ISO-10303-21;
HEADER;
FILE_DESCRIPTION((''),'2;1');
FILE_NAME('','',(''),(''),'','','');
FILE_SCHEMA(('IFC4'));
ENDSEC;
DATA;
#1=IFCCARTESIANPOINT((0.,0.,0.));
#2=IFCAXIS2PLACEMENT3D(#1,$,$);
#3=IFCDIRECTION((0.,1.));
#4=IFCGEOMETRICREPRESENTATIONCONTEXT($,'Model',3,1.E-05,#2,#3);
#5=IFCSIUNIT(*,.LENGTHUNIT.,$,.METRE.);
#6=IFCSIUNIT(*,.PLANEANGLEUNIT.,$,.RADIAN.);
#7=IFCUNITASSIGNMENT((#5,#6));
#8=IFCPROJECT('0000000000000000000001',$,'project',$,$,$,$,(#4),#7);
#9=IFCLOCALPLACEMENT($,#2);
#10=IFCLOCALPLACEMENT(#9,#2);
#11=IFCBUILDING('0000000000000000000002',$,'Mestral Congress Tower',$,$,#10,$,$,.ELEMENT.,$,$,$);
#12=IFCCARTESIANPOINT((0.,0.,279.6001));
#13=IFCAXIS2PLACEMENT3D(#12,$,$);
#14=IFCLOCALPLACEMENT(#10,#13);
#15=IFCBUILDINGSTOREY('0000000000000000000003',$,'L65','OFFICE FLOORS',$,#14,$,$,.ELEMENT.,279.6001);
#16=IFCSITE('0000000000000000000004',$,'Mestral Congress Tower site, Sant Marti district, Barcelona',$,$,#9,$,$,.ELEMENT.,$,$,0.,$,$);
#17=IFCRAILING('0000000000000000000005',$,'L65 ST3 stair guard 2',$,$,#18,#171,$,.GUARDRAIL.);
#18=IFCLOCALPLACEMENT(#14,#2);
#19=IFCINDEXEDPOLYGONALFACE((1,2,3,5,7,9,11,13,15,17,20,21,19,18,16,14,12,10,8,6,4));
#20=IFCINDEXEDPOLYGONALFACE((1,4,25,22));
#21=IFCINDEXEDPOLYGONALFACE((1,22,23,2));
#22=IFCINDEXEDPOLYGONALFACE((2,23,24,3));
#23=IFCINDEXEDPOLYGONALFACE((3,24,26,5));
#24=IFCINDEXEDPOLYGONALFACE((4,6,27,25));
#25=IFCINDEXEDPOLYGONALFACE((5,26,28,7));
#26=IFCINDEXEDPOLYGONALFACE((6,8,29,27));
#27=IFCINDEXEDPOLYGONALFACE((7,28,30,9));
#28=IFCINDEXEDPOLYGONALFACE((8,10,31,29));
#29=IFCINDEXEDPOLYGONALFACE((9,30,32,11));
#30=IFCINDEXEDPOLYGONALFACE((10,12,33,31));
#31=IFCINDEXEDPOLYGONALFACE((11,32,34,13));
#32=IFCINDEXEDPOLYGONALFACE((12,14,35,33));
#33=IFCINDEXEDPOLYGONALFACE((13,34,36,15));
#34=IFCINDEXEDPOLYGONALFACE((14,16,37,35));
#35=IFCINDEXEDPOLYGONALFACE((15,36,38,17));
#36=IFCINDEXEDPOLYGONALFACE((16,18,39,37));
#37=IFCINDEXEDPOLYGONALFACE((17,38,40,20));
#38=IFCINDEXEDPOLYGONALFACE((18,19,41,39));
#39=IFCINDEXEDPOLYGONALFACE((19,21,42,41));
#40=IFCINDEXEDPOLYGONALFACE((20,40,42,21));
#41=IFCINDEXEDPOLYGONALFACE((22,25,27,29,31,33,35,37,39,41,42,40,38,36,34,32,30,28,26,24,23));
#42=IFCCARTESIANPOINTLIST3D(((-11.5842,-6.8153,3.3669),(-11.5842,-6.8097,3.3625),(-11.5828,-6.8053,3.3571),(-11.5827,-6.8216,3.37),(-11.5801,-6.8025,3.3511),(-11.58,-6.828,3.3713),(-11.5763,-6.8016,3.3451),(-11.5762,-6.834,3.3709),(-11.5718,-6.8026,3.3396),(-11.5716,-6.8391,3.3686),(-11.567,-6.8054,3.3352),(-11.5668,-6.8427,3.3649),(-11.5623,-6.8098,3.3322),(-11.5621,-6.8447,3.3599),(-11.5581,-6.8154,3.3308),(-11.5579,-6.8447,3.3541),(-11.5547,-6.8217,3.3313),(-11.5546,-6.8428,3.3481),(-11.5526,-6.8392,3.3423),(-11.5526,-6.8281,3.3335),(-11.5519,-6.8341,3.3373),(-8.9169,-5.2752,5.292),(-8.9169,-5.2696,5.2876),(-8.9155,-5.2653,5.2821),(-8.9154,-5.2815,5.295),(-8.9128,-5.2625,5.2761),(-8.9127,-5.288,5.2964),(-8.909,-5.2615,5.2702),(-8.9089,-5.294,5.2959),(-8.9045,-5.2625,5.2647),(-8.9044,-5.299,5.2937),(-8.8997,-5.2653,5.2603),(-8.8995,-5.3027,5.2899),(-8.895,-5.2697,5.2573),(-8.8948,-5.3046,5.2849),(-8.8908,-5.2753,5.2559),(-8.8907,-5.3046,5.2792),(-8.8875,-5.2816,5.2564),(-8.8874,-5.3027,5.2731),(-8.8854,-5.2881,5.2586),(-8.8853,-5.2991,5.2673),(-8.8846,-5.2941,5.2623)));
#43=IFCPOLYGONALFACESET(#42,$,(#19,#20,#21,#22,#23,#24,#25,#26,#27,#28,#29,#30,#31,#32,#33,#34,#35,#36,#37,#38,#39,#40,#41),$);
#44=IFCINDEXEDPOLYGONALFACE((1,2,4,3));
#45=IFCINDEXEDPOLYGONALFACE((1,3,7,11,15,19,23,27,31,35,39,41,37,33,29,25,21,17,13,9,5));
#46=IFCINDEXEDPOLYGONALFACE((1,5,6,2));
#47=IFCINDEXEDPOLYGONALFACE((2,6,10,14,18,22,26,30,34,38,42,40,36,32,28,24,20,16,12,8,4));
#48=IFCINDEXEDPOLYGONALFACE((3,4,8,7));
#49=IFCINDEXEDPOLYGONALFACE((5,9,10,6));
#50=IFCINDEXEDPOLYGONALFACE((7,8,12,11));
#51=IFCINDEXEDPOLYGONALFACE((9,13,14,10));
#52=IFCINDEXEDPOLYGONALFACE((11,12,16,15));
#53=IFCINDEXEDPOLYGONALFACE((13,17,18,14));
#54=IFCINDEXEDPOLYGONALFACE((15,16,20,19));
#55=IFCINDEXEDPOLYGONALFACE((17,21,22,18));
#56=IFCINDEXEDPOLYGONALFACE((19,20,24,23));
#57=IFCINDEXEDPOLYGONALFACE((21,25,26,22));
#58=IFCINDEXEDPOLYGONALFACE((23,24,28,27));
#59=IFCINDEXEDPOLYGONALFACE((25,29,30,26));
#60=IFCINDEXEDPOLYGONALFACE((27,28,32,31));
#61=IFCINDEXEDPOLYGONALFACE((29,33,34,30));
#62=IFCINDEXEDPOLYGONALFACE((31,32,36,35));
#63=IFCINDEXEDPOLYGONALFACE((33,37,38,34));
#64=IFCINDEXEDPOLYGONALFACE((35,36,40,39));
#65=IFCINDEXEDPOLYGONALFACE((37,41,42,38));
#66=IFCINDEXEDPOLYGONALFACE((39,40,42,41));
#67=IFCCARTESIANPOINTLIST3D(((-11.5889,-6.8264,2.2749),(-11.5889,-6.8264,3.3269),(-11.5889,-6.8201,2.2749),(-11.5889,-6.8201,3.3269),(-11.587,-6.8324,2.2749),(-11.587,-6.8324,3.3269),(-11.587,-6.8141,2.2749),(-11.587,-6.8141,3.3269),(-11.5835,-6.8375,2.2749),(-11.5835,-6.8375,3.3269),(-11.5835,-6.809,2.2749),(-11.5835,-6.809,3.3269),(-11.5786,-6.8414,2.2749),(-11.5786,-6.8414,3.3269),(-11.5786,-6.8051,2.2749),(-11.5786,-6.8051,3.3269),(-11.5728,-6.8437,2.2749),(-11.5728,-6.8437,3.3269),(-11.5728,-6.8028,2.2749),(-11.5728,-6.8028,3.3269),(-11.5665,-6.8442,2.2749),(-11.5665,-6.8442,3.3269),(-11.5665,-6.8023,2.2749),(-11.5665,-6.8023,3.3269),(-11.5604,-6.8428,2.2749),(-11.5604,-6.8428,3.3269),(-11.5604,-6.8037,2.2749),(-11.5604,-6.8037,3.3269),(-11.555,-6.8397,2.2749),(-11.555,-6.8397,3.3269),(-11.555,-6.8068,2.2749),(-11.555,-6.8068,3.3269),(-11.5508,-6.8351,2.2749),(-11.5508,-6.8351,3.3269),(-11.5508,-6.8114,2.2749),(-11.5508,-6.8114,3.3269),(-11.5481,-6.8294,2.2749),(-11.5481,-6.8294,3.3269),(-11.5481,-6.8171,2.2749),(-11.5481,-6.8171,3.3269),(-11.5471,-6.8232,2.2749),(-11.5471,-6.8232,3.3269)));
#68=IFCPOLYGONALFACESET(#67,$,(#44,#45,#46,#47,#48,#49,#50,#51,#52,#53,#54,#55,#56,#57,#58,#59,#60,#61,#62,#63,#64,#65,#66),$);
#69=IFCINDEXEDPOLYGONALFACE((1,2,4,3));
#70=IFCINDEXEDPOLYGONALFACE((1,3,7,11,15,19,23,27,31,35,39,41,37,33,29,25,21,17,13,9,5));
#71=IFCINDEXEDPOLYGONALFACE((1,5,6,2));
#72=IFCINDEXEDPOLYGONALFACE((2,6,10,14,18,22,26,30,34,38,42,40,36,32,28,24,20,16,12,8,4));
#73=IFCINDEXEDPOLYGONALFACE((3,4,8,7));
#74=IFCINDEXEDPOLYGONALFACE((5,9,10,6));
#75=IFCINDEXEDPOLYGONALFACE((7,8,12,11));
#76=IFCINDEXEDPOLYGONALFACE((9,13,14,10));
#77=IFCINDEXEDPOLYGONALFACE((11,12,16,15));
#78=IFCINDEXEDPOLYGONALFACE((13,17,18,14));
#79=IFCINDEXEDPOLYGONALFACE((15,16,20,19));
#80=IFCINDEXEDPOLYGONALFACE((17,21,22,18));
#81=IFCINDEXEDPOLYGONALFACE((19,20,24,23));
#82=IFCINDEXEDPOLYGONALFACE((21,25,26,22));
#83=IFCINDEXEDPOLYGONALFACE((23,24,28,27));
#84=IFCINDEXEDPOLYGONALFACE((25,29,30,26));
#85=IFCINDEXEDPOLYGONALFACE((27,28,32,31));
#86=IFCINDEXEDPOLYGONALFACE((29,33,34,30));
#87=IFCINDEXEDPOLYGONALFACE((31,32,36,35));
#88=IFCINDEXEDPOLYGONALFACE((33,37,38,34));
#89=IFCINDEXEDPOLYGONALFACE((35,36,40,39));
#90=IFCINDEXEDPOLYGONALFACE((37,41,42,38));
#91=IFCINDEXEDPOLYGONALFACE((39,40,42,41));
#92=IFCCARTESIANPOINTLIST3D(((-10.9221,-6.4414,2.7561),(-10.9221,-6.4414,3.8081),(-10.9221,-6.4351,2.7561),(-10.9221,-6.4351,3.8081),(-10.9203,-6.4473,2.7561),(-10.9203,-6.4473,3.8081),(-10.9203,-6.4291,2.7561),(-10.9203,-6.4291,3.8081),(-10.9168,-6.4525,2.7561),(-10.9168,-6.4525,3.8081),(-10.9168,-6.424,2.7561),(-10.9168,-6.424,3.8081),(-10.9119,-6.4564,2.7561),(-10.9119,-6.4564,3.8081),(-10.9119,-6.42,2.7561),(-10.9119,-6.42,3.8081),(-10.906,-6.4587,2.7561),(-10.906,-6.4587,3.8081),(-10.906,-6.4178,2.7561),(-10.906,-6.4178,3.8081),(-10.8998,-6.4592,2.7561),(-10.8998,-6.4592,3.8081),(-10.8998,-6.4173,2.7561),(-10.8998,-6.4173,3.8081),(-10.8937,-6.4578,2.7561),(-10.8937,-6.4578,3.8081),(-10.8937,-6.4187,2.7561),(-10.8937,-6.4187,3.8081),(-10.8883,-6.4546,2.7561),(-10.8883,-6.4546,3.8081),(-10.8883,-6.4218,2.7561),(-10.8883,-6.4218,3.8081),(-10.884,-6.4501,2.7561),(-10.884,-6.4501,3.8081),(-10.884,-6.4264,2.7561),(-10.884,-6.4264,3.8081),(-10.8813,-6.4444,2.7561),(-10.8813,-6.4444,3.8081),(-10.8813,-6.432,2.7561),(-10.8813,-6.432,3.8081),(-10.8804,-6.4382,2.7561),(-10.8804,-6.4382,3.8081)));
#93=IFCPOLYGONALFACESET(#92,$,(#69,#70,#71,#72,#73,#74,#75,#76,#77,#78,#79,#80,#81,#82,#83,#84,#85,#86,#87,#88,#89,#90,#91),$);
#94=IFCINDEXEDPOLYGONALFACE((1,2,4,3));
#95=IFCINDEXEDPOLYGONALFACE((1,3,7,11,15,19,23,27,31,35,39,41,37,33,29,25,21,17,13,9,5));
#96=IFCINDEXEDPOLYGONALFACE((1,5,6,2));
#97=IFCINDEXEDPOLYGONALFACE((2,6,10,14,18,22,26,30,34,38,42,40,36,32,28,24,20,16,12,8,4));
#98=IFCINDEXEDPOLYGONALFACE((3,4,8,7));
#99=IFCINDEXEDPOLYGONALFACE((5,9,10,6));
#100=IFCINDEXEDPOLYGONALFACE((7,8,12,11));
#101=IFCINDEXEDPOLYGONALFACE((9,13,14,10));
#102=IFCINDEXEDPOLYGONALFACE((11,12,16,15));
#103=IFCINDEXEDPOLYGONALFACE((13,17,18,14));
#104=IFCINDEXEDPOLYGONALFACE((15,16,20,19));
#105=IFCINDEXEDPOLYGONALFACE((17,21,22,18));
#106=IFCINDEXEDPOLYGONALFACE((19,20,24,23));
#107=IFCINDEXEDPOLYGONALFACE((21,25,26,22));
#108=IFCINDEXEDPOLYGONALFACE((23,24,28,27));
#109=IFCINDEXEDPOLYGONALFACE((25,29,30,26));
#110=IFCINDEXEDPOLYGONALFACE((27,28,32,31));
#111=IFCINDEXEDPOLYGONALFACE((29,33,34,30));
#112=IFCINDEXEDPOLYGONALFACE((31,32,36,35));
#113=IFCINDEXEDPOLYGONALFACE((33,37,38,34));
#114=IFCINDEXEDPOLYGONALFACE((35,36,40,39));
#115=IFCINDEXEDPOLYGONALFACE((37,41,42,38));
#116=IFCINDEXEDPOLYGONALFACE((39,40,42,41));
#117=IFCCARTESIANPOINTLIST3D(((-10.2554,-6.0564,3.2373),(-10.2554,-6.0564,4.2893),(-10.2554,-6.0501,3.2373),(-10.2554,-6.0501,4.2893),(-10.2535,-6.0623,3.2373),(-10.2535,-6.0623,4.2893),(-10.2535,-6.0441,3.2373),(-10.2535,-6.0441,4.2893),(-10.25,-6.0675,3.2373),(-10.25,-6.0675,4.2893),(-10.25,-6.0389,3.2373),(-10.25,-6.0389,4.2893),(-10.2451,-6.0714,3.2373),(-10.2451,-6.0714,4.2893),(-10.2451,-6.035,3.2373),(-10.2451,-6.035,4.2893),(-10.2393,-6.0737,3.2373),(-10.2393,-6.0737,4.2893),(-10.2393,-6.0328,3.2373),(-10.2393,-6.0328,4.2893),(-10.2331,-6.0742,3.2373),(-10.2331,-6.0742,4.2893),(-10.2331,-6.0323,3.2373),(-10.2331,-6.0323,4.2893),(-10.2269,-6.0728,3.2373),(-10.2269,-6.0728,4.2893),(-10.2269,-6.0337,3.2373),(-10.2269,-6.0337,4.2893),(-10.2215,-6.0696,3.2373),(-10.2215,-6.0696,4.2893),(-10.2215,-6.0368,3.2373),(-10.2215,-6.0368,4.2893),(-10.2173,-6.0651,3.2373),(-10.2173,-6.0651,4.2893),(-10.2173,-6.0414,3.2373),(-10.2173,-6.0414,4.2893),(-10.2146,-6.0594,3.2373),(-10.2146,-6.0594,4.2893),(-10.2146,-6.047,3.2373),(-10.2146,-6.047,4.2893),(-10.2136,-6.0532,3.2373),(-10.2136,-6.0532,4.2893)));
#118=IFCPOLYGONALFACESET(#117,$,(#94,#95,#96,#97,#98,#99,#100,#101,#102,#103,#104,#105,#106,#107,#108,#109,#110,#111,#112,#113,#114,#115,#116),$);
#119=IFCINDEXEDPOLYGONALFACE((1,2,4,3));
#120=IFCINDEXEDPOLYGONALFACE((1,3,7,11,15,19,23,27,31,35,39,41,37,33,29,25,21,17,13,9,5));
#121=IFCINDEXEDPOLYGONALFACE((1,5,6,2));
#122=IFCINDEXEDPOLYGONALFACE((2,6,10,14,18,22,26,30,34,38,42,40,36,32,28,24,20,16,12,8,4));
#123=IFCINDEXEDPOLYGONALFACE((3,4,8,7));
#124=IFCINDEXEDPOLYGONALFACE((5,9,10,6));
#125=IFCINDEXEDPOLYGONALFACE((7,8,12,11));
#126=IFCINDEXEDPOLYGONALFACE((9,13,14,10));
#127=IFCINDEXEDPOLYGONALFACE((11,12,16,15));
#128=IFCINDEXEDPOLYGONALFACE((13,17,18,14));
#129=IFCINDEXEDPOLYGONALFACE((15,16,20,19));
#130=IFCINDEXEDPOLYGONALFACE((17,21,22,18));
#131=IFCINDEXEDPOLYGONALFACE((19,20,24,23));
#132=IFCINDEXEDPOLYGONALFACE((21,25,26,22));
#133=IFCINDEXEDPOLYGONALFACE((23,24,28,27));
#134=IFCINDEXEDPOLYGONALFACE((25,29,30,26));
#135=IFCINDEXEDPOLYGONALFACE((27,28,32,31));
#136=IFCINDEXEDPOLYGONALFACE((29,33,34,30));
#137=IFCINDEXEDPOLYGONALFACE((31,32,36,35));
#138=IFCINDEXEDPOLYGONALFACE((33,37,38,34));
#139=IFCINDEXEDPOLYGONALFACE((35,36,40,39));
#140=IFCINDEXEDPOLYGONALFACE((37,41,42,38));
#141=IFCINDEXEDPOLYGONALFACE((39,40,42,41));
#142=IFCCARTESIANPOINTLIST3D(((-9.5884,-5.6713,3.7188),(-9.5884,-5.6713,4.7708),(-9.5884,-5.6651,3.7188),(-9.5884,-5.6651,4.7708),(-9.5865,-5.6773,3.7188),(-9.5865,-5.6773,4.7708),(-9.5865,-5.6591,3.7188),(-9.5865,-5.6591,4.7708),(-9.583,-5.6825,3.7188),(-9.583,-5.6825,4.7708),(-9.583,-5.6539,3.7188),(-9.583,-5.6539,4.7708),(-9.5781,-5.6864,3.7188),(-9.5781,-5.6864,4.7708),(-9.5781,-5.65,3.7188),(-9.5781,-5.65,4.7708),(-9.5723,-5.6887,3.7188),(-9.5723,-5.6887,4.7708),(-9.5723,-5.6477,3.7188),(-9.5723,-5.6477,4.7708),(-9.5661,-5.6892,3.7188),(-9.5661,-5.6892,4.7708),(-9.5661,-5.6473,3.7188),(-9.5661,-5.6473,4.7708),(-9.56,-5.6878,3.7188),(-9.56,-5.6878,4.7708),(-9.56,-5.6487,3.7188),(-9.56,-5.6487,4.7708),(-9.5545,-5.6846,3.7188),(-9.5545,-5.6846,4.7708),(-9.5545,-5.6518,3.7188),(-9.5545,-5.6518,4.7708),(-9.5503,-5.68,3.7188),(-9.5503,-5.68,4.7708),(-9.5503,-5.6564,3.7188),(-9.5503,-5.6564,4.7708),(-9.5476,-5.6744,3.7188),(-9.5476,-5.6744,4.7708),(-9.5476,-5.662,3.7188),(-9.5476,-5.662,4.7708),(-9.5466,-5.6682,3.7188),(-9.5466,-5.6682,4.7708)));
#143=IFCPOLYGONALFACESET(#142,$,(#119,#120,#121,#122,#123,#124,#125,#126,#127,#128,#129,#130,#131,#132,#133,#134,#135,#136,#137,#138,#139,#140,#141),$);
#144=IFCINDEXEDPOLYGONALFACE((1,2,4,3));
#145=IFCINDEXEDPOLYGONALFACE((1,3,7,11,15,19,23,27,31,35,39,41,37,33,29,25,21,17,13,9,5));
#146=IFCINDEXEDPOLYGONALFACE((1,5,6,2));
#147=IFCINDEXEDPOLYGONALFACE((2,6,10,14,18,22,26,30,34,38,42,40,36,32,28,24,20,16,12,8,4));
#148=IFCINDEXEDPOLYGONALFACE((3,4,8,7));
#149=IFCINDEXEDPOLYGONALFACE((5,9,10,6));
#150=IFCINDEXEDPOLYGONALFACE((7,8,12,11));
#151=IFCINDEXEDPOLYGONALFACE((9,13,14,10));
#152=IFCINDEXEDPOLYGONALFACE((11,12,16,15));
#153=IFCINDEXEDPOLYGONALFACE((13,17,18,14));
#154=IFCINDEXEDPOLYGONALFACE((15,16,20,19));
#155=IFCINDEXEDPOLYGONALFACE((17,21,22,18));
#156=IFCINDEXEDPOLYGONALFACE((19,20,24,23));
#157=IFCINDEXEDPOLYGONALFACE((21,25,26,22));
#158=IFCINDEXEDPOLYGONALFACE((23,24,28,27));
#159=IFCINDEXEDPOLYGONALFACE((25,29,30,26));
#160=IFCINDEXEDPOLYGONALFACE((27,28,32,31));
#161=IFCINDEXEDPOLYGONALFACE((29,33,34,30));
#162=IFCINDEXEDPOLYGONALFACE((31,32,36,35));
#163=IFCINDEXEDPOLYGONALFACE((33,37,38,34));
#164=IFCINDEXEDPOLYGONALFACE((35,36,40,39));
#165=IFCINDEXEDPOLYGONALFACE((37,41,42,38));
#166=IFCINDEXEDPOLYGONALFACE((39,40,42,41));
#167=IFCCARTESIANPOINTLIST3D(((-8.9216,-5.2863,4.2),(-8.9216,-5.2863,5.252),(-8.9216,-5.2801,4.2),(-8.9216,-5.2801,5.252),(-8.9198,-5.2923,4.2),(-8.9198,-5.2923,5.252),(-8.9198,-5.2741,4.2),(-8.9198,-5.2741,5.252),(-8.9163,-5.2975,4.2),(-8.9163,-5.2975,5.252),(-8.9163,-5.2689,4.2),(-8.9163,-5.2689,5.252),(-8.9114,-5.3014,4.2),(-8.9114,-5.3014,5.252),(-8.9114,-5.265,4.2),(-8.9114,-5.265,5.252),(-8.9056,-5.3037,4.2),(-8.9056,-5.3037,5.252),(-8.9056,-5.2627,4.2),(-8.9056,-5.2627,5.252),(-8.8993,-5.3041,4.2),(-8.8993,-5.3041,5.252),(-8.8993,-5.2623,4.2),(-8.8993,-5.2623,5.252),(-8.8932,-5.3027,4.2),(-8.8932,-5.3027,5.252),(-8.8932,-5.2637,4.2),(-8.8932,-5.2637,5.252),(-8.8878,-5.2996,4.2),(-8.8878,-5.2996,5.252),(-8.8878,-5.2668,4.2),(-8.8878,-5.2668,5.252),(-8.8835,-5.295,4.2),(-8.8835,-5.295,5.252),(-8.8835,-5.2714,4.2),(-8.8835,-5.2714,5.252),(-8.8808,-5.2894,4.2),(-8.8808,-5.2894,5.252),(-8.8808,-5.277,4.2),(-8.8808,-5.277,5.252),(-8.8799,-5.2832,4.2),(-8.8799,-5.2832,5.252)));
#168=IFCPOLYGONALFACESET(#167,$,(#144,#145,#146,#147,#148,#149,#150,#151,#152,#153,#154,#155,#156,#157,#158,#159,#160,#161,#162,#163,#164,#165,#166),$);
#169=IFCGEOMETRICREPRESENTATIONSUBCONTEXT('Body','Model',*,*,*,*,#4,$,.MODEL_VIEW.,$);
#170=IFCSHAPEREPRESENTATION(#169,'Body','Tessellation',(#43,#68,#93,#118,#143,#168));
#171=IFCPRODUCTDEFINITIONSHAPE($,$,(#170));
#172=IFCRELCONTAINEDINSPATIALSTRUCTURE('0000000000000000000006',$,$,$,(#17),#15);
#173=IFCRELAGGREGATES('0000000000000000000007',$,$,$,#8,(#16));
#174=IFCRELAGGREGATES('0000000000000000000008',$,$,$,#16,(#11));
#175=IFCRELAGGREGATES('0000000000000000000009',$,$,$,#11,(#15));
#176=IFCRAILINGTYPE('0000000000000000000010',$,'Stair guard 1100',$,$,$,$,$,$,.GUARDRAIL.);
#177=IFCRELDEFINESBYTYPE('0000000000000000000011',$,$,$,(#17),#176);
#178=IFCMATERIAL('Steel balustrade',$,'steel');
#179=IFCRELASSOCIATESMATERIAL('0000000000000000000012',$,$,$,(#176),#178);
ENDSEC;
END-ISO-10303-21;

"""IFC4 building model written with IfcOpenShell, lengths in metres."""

from ifc_helpers import new_model, si_unit, direction, frame, origin, origin_2d, place, context, subcontext, project, spatial, circle, extrude, material, type_object, element, save


model = new_model("IFC4")

# Units and contexts
model_context = context("Model", 3, precision=1e-05, world=origin(), true_north=direction((0.0, 1.0)))
body_context = subcontext(model_context, "Body", "Model", "MODEL_VIEW")
ifc_project = project(units=[si_unit("LENGTHUNIT", "METRE"), si_unit("PLANEANGLEUNIT", "RADIAN")], contexts=[model_context])

# Site, building, storey
site_placement = place(None, origin())
site = spatial("IfcSite", under=ifc_project, at=site_placement, Name="Mestral Congress Tower site, Sant Marti district, Barcelona", CompositionType="ELEMENT", RefElevation=0.0)
building_placement = place(site_placement, origin())
building = spatial("IfcBuilding", under=site, at=building_placement, Name="Mestral Congress Tower", CompositionType="ELEMENT")
storey_placement = place(building_placement, frame((0.0, 0.0, 279.6001)))
storey = spatial("IfcBuildingStorey", under=building, at=storey_placement, Name="L65", Description="OFFICE FLOORS", CompositionType="ELEMENT", Elevation=279.6001)

# Railing
ifc_material_1 = material(Name="Steel balustrade", Category="steel")
railing_type_1 = type_object("IfcRailingType", Name="Stair guard 1100", PredefinedType="GUARDRAIL", material=ifc_material_1)
railing_1_placement = place(storey_placement, frame((-11.5681, -6.8232, 2.2749)))
element("IfcRailing", 1, at=railing_1_placement, inside=storey, type_object=railing_type_1, Name="L65 ST3 stair guard 2", PredefinedType="GUARDRAIL", context=body_context, shape_type="SweptSolid", body=[
    extrude(circle(Radius=0.0239, at=origin_2d()), frame((0.0, 0.0, 1.0762), z_axis=(0.734364, 0.424015, 0.530019), x_axis=(-0.500027, 0.86601, 0.0)), (0.0, 0.0, 1.0), 3.6321),
    extrude(circle(Radius=0.021, at=origin_2d()), origin(), (0.0, 0.0, 1.0), 1.052),
    extrude(circle(Radius=0.021, at=origin_2d()), frame((0.6667, 0.385, 0.4812)), (0.0, 0.0, 1.0), 1.052),
    extrude(circle(Radius=0.021, at=origin_2d()), frame((1.3335, 0.77, 0.9624)), (0.0, 0.0, 1.0), 1.052),
    extrude(circle(Radius=0.021, at=origin_2d()), frame((2.0005, 1.155, 1.4438)), (0.0, 0.0, 1.0), 1.052),
    extrude(circle(Radius=0.021, at=origin_2d()), frame((2.6672, 1.54, 1.925)), (0.0, 0.0, 1.0), 1.052),
])

save(model, "model.ifc")
